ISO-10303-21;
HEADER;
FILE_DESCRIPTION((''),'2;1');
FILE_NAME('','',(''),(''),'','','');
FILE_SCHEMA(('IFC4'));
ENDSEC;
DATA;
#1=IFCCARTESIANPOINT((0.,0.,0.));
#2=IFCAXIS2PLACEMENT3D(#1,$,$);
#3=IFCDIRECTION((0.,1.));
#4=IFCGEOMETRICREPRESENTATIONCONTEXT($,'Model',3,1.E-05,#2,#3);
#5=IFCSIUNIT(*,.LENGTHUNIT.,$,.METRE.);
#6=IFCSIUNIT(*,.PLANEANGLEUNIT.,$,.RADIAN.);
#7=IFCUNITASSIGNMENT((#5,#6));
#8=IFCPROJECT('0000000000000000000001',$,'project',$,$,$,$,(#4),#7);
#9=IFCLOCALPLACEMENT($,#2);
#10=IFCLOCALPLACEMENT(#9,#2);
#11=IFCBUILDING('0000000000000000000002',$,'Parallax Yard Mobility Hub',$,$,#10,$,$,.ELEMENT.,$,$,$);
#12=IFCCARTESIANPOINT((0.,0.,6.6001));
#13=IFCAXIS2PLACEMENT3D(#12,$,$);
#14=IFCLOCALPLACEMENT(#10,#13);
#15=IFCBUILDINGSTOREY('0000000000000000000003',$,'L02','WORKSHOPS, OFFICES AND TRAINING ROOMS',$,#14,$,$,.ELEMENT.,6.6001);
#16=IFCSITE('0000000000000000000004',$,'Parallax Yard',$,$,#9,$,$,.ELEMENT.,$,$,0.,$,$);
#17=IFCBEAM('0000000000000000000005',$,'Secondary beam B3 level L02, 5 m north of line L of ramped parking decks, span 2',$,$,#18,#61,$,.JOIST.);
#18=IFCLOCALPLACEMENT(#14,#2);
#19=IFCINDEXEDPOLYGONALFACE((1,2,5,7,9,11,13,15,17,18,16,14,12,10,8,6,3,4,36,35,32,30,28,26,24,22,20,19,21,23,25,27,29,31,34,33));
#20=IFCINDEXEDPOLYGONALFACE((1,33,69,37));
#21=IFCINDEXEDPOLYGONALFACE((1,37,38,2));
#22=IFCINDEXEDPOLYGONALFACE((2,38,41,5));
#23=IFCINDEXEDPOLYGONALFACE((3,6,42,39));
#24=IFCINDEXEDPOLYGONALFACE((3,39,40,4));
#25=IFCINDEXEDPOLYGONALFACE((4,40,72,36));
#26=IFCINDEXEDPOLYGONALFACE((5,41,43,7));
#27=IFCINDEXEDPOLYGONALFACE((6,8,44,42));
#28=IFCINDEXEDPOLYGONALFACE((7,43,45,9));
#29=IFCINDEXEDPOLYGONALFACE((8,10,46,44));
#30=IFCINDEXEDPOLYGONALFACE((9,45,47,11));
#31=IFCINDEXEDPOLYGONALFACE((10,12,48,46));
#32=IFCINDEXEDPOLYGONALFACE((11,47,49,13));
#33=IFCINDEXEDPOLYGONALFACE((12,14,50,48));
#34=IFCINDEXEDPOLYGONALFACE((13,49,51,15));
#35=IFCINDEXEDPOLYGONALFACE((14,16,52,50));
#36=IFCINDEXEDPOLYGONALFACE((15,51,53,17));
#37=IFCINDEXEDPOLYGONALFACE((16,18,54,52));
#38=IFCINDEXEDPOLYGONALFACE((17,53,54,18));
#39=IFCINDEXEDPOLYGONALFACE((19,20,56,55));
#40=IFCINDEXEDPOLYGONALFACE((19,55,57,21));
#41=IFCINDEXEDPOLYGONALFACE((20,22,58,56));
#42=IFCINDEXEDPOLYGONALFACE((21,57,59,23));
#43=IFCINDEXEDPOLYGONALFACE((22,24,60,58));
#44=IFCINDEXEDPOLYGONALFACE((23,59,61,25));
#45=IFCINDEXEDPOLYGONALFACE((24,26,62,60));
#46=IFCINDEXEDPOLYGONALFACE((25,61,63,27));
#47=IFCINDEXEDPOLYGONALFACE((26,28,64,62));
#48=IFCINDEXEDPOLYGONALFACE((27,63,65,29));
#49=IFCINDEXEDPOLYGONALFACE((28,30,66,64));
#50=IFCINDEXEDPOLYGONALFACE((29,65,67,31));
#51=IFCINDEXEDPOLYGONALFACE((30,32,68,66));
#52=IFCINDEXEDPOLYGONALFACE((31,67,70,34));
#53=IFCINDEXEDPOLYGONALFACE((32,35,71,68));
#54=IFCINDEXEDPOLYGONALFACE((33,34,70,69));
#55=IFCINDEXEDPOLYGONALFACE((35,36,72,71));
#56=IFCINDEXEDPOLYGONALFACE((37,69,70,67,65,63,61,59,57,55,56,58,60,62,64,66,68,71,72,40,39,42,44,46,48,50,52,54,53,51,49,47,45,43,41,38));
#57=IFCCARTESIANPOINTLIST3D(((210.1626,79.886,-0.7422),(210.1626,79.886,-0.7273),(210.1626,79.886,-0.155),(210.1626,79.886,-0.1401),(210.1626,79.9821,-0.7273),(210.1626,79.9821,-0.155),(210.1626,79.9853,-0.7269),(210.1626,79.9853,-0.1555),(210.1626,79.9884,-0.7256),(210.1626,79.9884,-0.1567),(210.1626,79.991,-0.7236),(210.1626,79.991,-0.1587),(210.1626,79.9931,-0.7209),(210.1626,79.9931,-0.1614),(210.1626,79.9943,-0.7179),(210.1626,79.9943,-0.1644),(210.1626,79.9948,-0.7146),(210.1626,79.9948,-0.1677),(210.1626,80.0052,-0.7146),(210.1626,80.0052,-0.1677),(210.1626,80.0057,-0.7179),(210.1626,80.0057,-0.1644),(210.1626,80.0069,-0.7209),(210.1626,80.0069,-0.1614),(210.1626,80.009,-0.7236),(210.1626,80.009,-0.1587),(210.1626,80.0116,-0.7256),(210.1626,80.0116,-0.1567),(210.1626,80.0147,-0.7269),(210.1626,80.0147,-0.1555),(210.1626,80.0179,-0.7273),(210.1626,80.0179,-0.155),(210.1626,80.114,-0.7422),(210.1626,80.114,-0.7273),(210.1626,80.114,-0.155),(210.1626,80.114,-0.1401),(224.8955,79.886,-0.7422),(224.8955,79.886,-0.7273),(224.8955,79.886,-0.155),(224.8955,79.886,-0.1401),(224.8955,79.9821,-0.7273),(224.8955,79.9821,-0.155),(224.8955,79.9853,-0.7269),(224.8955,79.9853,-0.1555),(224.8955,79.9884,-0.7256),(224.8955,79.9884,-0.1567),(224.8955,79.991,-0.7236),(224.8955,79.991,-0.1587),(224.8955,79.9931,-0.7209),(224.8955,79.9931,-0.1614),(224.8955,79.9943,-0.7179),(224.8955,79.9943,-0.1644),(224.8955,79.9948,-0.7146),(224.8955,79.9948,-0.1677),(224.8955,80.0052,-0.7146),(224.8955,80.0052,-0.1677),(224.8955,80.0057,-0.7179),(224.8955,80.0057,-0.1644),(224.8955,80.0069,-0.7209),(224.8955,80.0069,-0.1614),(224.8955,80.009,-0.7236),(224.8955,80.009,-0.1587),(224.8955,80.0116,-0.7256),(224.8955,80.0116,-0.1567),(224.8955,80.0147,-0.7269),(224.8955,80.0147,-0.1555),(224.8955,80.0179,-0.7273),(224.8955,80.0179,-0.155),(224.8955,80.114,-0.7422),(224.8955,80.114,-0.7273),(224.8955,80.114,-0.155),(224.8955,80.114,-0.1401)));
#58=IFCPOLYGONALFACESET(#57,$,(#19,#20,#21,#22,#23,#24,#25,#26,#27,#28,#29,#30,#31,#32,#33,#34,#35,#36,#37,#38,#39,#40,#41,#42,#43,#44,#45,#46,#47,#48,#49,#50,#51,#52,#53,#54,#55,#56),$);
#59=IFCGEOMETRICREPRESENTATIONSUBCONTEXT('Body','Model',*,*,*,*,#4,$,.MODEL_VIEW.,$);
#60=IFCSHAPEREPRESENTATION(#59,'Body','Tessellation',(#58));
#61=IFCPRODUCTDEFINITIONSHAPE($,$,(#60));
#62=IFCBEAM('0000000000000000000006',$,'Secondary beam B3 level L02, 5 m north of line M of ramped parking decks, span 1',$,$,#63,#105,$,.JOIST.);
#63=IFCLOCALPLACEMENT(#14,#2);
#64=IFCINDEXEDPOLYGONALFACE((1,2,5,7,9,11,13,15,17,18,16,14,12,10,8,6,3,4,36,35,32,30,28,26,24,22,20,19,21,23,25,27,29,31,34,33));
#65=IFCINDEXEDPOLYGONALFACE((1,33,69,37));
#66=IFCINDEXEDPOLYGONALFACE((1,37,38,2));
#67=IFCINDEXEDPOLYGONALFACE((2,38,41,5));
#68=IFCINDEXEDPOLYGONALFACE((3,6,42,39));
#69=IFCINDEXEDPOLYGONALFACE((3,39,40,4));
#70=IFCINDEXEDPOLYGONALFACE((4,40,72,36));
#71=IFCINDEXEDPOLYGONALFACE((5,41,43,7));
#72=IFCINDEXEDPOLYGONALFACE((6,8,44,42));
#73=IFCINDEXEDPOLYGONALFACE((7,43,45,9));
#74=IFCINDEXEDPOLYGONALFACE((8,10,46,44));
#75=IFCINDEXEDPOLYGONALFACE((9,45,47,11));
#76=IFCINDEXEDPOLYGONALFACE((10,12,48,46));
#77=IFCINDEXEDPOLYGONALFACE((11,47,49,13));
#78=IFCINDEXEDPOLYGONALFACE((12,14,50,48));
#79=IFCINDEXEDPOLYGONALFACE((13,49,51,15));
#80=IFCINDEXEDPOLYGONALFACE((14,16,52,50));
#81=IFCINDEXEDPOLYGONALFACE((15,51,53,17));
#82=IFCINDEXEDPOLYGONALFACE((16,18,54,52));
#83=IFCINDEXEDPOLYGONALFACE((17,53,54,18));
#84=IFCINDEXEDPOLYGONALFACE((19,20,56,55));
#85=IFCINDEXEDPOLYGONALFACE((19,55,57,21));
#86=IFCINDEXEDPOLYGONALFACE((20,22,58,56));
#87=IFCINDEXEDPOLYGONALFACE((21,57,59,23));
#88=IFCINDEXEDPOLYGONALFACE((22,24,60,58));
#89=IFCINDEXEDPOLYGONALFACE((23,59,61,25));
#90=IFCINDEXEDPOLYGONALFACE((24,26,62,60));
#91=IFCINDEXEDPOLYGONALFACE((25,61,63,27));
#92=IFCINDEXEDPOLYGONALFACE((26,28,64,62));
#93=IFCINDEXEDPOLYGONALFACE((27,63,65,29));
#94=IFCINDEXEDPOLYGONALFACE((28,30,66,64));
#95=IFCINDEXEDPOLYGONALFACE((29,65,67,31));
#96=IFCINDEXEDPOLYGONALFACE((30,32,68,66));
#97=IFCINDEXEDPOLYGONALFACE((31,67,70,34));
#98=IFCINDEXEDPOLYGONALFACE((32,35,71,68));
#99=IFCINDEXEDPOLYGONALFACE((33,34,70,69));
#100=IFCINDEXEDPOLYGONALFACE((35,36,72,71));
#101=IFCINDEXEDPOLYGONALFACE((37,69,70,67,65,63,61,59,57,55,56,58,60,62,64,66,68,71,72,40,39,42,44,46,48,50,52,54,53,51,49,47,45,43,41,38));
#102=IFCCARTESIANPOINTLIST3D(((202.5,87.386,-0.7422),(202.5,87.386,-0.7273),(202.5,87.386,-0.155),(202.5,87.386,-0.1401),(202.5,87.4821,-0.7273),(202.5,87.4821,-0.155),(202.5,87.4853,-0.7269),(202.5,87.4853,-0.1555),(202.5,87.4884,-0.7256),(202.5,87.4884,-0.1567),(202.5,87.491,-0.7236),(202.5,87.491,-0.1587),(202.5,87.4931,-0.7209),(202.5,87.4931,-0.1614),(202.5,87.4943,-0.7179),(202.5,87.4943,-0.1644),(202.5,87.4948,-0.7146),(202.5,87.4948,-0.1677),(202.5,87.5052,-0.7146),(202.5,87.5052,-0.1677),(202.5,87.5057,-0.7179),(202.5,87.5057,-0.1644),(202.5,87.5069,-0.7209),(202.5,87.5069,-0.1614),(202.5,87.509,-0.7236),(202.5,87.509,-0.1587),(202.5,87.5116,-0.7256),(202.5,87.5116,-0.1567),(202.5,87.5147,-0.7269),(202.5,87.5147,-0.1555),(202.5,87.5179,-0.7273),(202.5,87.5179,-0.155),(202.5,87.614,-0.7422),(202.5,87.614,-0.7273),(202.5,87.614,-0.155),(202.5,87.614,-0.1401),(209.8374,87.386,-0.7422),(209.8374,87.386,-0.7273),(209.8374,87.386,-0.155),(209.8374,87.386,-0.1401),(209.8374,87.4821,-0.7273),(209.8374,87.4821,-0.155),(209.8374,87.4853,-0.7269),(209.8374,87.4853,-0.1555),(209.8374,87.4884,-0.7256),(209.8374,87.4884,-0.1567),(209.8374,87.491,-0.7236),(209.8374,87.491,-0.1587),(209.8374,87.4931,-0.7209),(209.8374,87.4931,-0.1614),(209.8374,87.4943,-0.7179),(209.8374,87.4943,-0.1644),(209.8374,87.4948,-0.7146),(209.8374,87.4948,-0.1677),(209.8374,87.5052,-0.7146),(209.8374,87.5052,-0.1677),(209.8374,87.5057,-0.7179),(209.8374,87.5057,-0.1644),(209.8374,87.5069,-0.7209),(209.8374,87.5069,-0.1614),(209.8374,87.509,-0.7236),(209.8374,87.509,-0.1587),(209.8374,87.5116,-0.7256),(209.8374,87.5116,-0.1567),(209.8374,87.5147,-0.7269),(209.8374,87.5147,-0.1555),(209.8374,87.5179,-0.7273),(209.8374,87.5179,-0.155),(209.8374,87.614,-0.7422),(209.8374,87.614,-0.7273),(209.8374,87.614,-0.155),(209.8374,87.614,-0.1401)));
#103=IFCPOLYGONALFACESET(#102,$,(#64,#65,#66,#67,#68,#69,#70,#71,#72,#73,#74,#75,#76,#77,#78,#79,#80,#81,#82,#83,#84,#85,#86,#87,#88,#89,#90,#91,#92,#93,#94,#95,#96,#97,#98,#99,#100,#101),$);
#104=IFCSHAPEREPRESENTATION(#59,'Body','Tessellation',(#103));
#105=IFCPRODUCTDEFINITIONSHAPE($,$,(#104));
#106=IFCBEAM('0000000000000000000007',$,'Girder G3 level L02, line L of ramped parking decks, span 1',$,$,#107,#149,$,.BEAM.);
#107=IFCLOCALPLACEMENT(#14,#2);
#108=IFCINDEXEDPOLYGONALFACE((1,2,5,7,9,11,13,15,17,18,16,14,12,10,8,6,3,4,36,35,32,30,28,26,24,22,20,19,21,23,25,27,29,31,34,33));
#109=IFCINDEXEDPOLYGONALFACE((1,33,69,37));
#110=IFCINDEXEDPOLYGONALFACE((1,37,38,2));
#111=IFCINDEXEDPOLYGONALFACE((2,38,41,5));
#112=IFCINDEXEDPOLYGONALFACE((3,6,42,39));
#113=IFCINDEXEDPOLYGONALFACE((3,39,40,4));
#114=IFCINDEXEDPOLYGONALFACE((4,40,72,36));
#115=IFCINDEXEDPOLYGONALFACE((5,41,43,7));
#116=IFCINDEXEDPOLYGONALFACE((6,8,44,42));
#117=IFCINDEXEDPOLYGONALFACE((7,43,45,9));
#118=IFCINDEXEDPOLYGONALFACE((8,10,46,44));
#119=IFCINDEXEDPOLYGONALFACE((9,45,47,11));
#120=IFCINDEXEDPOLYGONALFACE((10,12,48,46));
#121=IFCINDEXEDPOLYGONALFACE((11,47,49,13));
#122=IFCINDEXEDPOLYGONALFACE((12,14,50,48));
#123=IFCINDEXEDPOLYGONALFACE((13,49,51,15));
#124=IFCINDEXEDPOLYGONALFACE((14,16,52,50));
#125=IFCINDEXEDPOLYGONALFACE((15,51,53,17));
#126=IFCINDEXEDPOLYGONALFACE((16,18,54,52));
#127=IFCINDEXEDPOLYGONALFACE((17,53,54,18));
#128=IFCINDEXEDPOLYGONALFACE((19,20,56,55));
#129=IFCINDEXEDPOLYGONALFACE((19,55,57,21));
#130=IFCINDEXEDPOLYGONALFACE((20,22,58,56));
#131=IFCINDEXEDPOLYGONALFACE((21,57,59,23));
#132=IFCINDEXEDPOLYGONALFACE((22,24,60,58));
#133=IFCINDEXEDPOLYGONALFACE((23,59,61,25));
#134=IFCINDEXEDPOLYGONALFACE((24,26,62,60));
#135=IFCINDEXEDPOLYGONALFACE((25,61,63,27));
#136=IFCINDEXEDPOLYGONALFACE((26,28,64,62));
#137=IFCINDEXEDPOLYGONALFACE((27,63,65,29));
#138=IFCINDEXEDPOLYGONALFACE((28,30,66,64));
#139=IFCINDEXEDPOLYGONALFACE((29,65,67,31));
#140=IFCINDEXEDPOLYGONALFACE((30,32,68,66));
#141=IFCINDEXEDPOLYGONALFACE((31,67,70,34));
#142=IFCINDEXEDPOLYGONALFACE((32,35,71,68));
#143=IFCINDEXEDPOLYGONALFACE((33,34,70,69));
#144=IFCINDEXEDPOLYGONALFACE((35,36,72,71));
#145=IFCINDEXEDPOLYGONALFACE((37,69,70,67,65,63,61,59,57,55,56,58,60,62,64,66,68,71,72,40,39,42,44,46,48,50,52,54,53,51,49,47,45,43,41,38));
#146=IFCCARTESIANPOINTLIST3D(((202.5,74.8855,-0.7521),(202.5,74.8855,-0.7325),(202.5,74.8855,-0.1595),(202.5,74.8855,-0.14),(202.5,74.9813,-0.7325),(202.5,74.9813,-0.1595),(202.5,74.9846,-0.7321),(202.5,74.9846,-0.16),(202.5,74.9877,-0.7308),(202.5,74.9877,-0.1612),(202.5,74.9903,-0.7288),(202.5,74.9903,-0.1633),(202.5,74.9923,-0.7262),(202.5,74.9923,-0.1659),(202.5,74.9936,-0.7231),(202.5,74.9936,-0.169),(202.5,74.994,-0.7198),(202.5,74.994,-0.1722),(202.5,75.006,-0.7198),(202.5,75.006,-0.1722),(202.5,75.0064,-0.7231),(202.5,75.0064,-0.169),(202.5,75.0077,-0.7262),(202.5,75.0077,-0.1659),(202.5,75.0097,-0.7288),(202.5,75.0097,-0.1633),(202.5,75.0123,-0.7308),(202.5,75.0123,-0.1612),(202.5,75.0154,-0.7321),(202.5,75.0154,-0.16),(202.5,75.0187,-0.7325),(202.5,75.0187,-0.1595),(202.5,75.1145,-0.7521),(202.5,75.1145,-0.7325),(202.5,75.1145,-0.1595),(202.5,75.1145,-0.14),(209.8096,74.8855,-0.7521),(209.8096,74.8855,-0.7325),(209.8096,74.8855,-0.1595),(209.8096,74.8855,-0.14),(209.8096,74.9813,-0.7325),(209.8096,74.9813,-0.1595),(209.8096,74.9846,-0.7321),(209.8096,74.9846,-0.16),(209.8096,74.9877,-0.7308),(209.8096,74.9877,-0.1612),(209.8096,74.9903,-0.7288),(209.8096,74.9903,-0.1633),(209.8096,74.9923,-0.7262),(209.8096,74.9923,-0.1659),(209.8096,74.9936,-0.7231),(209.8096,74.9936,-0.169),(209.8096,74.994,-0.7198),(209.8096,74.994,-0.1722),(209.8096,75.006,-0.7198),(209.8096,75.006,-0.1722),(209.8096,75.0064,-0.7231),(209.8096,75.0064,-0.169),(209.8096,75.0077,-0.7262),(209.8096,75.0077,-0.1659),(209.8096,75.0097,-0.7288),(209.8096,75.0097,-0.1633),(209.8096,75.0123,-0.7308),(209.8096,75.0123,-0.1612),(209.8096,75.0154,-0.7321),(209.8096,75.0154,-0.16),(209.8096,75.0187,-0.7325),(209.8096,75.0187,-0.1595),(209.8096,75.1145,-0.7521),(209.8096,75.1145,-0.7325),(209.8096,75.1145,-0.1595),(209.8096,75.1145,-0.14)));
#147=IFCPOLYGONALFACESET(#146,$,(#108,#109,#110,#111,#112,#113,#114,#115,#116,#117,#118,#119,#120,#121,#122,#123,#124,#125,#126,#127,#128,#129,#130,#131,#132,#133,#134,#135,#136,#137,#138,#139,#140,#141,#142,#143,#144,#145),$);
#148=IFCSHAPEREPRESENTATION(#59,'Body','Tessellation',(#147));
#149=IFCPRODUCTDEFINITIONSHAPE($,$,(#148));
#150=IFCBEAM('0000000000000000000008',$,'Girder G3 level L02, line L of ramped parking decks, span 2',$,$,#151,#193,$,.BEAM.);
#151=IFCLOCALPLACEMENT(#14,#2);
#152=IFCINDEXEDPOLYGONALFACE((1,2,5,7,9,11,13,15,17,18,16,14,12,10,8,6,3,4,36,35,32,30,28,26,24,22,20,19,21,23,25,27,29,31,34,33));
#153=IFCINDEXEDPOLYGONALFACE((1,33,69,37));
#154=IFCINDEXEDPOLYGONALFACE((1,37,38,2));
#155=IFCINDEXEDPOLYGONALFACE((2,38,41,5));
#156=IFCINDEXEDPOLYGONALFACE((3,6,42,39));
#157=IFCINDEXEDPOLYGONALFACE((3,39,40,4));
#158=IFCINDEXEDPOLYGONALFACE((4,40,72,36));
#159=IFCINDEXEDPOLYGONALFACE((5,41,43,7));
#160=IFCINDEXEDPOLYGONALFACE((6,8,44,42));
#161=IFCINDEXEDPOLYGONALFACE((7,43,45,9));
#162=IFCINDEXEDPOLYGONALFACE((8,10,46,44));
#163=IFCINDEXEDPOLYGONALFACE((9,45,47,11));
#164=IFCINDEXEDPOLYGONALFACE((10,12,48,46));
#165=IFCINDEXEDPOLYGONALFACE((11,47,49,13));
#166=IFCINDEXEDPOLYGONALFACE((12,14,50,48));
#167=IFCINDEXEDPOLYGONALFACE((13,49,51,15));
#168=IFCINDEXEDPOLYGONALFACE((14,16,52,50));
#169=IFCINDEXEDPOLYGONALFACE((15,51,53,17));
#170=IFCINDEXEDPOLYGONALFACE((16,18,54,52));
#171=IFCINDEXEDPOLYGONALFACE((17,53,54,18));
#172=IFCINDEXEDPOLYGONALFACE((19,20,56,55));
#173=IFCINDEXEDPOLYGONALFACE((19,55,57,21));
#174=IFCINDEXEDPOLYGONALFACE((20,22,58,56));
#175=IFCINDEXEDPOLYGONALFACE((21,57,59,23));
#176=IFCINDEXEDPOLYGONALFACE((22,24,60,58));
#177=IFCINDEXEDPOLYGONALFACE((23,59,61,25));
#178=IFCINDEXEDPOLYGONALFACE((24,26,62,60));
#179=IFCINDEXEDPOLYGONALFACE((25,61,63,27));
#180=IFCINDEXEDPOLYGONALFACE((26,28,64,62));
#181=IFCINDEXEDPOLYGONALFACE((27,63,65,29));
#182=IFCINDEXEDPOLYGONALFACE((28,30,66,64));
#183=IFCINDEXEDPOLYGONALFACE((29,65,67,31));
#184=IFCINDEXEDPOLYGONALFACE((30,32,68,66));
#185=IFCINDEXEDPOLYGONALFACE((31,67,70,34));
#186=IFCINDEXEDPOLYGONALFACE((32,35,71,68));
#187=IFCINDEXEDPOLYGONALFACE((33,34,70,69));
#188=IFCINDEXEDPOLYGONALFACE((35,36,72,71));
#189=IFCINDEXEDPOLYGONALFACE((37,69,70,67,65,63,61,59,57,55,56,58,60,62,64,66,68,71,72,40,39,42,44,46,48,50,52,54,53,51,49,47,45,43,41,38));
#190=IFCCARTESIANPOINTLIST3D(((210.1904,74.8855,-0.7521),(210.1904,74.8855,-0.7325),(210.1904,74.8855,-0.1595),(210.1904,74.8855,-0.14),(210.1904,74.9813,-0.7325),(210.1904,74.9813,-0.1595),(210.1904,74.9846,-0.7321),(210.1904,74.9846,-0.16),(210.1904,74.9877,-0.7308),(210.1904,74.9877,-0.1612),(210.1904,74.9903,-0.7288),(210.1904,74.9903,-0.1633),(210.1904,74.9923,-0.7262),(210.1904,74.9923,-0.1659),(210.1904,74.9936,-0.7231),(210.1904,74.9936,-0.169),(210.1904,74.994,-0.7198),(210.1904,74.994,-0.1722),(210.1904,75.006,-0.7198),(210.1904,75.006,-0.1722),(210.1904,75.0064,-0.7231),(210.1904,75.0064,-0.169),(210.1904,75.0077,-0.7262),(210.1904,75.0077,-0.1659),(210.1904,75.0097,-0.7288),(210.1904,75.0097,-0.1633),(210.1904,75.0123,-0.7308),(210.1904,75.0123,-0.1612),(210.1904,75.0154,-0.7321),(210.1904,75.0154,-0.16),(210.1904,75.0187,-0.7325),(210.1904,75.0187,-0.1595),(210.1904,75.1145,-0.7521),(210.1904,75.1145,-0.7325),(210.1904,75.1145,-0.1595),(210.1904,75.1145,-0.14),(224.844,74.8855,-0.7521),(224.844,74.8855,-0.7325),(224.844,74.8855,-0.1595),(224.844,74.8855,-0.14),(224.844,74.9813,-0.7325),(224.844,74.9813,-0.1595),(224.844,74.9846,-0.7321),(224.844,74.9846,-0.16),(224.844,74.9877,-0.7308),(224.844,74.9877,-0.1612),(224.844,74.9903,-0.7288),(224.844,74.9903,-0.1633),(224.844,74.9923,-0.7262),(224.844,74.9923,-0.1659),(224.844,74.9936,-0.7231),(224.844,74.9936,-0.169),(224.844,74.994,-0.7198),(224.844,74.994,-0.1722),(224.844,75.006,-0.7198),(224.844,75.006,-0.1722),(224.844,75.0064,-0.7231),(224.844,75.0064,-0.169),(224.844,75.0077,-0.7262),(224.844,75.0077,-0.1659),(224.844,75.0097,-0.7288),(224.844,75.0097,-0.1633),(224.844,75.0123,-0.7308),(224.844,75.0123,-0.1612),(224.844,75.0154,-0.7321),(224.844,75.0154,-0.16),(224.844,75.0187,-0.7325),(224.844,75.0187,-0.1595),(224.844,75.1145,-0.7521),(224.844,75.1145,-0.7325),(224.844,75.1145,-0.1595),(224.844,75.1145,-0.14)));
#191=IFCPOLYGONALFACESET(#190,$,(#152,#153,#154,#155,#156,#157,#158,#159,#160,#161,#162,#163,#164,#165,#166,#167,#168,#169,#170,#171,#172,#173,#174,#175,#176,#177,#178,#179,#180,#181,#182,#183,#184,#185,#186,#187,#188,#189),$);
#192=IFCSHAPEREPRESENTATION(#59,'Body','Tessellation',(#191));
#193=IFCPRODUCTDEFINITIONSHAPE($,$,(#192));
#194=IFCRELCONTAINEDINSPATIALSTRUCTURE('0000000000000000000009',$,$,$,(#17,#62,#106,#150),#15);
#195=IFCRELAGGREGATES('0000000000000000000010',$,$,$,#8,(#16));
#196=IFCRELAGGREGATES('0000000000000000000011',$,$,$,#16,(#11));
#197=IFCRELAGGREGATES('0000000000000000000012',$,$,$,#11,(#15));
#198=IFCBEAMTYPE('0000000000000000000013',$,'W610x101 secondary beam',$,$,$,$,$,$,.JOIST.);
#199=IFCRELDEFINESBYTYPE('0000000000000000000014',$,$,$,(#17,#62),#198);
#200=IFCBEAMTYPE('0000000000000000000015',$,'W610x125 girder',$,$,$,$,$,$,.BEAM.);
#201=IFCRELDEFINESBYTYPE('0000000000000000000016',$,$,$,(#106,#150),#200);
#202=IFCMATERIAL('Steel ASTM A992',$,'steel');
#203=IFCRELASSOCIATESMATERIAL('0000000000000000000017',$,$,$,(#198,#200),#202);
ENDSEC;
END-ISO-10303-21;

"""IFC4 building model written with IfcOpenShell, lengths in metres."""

from ifc_helpers import new_model, si_unit, direction, frame, origin, origin_2d, place, context, subcontext, project, spatial, i_section, extrude, material, material_profile, profile_set, type_object, element, save


model = new_model("IFC4")

# Units and contexts
model_context = context("Model", 3, precision=1e-05, world=origin(), true_north=direction((0.0, 1.0)))
body_context = subcontext(model_context, "Body", "Model", "MODEL_VIEW")
ifc_project = project(units=[si_unit("LENGTHUNIT", "METRE"), si_unit("PLANEANGLEUNIT", "RADIAN")], contexts=[model_context])

# Site, building, storey
site_placement = place(None, origin())
site = spatial("IfcSite", under=ifc_project, at=site_placement, Name="Parallax Yard", CompositionType="ELEMENT", RefElevation=0.0)
building_placement = place(site_placement, origin())
building = spatial("IfcBuilding", under=site, at=building_placement, Name="Parallax Yard Mobility Hub", CompositionType="ELEMENT")
storey_placement = place(building_placement, frame((0.0, 0.0, 6.6001)))
storey = spatial("IfcBuildingStorey", under=building, at=storey_placement, Name="L02", Description="WORKSHOPS, OFFICES AND TRAINING ROOMS", CompositionType="ELEMENT", Elevation=6.6001)

# Shared definitions
ifc_material_1 = material(Name="Steel ASTM A992", Category="steel")

# Beams
ifc_material_profile_1 = material_profile(ifc_material_1, i_section(OverallWidth=0.228, OverallDepth=0.6021, WebThickness=0.0105, FlangeThickness=0.0149, FilletRadius=0.0127, at=origin_2d()), Name="W610x101")
ifc_profile_set_1 = profile_set([ifc_material_profile_1], Name="Steel ASTM A992")
beam_type_1 = type_object("IfcBeamType", Name="W610x101 secondary beam", PredefinedType="JOIST", material=ifc_profile_set_1)
beam_1_placement = place(storey_placement, frame((210.1626, 80.0, -0.4412), z_axis=(1.0, 0.0, 0.0), x_axis=(0.0, 1.0, 0.0)))
element("IfcBeam", 1, at=beam_1_placement, inside=storey, type_object=beam_type_1, Name="Secondary beam B3 level L02, 5 m north of line L of ramped parking decks, span 2", PredefinedType="JOIST", context=body_context, shape_type="SweptSolid", body=[
    extrude(i_section(OverallWidth=0.228, OverallDepth=0.6021, WebThickness=0.0105, FlangeThickness=0.0149, FilletRadius=0.0127, at=origin_2d()), origin(), (0.0, 0.0, 1.0), 14.7329),
])
beam_2_placement = place(storey_placement, frame((202.5, 87.5, -0.4412), z_axis=(1.0, 0.0, 0.0), x_axis=(0.0, 1.0, 0.0)))
element("IfcBeam", 2, at=beam_2_placement, inside=storey, type_object=beam_type_1, Name="Secondary beam B3 level L02, 5 m north of line M of ramped parking decks, span 1", PredefinedType="JOIST", context=body_context, shape_type="SweptSolid", body=[
    extrude(i_section(OverallWidth=0.228, OverallDepth=0.6021, WebThickness=0.0105, FlangeThickness=0.0149, FilletRadius=0.0127, at=origin_2d()), origin(), (0.0, 0.0, 1.0), 7.3374),
])
ifc_material_profile_2 = material_profile(ifc_material_1, i_section(OverallWidth=0.229, OverallDepth=0.6121, WebThickness=0.012, FlangeThickness=0.0195, FilletRadius=0.0127, at=origin_2d()), Name="W610x125")
ifc_profile_set_2 = profile_set([ifc_material_profile_2], Name="Steel ASTM A992")
beam_type_2 = type_object("IfcBeamType", Name="W610x125 girder", PredefinedType="BEAM", material=ifc_profile_set_2)
beam_3_placement = place(storey_placement, frame((202.5, 75.0, -0.446), z_axis=(1.0, 0.0, 0.0), x_axis=(0.0, 1.0, 0.0)))
element("IfcBeam", 3, at=beam_3_placement, inside=storey, type_object=beam_type_2, Name="Girder G3 level L02, line L of ramped parking decks, span 1", PredefinedType="BEAM", context=body_context, shape_type="SweptSolid", body=[
    extrude(i_section(OverallWidth=0.229, OverallDepth=0.6121, WebThickness=0.012, FlangeThickness=0.0195, FilletRadius=0.0127, at=origin_2d()), origin(), (0.0, 0.0, 1.0), 7.3096),
])
beam_4_placement = place(storey_placement, frame((210.1904, 75.0, -0.446), z_axis=(1.0, 0.0, 0.0), x_axis=(0.0, 1.0, 0.0)))
element("IfcBeam", 4, at=beam_4_placement, inside=storey, type_object=beam_type_2, Name="Girder G3 level L02, line L of ramped parking decks, span 2", PredefinedType="BEAM", context=body_context, shape_type="SweptSolid", body=[
    extrude(i_section(OverallWidth=0.229, OverallDepth=0.6121, WebThickness=0.012, FlangeThickness=0.0195, FilletRadius=0.0127, at=origin_2d()), origin(), (0.0, 0.0, 1.0), 14.6536),
])

save(model, "model.ifc")
